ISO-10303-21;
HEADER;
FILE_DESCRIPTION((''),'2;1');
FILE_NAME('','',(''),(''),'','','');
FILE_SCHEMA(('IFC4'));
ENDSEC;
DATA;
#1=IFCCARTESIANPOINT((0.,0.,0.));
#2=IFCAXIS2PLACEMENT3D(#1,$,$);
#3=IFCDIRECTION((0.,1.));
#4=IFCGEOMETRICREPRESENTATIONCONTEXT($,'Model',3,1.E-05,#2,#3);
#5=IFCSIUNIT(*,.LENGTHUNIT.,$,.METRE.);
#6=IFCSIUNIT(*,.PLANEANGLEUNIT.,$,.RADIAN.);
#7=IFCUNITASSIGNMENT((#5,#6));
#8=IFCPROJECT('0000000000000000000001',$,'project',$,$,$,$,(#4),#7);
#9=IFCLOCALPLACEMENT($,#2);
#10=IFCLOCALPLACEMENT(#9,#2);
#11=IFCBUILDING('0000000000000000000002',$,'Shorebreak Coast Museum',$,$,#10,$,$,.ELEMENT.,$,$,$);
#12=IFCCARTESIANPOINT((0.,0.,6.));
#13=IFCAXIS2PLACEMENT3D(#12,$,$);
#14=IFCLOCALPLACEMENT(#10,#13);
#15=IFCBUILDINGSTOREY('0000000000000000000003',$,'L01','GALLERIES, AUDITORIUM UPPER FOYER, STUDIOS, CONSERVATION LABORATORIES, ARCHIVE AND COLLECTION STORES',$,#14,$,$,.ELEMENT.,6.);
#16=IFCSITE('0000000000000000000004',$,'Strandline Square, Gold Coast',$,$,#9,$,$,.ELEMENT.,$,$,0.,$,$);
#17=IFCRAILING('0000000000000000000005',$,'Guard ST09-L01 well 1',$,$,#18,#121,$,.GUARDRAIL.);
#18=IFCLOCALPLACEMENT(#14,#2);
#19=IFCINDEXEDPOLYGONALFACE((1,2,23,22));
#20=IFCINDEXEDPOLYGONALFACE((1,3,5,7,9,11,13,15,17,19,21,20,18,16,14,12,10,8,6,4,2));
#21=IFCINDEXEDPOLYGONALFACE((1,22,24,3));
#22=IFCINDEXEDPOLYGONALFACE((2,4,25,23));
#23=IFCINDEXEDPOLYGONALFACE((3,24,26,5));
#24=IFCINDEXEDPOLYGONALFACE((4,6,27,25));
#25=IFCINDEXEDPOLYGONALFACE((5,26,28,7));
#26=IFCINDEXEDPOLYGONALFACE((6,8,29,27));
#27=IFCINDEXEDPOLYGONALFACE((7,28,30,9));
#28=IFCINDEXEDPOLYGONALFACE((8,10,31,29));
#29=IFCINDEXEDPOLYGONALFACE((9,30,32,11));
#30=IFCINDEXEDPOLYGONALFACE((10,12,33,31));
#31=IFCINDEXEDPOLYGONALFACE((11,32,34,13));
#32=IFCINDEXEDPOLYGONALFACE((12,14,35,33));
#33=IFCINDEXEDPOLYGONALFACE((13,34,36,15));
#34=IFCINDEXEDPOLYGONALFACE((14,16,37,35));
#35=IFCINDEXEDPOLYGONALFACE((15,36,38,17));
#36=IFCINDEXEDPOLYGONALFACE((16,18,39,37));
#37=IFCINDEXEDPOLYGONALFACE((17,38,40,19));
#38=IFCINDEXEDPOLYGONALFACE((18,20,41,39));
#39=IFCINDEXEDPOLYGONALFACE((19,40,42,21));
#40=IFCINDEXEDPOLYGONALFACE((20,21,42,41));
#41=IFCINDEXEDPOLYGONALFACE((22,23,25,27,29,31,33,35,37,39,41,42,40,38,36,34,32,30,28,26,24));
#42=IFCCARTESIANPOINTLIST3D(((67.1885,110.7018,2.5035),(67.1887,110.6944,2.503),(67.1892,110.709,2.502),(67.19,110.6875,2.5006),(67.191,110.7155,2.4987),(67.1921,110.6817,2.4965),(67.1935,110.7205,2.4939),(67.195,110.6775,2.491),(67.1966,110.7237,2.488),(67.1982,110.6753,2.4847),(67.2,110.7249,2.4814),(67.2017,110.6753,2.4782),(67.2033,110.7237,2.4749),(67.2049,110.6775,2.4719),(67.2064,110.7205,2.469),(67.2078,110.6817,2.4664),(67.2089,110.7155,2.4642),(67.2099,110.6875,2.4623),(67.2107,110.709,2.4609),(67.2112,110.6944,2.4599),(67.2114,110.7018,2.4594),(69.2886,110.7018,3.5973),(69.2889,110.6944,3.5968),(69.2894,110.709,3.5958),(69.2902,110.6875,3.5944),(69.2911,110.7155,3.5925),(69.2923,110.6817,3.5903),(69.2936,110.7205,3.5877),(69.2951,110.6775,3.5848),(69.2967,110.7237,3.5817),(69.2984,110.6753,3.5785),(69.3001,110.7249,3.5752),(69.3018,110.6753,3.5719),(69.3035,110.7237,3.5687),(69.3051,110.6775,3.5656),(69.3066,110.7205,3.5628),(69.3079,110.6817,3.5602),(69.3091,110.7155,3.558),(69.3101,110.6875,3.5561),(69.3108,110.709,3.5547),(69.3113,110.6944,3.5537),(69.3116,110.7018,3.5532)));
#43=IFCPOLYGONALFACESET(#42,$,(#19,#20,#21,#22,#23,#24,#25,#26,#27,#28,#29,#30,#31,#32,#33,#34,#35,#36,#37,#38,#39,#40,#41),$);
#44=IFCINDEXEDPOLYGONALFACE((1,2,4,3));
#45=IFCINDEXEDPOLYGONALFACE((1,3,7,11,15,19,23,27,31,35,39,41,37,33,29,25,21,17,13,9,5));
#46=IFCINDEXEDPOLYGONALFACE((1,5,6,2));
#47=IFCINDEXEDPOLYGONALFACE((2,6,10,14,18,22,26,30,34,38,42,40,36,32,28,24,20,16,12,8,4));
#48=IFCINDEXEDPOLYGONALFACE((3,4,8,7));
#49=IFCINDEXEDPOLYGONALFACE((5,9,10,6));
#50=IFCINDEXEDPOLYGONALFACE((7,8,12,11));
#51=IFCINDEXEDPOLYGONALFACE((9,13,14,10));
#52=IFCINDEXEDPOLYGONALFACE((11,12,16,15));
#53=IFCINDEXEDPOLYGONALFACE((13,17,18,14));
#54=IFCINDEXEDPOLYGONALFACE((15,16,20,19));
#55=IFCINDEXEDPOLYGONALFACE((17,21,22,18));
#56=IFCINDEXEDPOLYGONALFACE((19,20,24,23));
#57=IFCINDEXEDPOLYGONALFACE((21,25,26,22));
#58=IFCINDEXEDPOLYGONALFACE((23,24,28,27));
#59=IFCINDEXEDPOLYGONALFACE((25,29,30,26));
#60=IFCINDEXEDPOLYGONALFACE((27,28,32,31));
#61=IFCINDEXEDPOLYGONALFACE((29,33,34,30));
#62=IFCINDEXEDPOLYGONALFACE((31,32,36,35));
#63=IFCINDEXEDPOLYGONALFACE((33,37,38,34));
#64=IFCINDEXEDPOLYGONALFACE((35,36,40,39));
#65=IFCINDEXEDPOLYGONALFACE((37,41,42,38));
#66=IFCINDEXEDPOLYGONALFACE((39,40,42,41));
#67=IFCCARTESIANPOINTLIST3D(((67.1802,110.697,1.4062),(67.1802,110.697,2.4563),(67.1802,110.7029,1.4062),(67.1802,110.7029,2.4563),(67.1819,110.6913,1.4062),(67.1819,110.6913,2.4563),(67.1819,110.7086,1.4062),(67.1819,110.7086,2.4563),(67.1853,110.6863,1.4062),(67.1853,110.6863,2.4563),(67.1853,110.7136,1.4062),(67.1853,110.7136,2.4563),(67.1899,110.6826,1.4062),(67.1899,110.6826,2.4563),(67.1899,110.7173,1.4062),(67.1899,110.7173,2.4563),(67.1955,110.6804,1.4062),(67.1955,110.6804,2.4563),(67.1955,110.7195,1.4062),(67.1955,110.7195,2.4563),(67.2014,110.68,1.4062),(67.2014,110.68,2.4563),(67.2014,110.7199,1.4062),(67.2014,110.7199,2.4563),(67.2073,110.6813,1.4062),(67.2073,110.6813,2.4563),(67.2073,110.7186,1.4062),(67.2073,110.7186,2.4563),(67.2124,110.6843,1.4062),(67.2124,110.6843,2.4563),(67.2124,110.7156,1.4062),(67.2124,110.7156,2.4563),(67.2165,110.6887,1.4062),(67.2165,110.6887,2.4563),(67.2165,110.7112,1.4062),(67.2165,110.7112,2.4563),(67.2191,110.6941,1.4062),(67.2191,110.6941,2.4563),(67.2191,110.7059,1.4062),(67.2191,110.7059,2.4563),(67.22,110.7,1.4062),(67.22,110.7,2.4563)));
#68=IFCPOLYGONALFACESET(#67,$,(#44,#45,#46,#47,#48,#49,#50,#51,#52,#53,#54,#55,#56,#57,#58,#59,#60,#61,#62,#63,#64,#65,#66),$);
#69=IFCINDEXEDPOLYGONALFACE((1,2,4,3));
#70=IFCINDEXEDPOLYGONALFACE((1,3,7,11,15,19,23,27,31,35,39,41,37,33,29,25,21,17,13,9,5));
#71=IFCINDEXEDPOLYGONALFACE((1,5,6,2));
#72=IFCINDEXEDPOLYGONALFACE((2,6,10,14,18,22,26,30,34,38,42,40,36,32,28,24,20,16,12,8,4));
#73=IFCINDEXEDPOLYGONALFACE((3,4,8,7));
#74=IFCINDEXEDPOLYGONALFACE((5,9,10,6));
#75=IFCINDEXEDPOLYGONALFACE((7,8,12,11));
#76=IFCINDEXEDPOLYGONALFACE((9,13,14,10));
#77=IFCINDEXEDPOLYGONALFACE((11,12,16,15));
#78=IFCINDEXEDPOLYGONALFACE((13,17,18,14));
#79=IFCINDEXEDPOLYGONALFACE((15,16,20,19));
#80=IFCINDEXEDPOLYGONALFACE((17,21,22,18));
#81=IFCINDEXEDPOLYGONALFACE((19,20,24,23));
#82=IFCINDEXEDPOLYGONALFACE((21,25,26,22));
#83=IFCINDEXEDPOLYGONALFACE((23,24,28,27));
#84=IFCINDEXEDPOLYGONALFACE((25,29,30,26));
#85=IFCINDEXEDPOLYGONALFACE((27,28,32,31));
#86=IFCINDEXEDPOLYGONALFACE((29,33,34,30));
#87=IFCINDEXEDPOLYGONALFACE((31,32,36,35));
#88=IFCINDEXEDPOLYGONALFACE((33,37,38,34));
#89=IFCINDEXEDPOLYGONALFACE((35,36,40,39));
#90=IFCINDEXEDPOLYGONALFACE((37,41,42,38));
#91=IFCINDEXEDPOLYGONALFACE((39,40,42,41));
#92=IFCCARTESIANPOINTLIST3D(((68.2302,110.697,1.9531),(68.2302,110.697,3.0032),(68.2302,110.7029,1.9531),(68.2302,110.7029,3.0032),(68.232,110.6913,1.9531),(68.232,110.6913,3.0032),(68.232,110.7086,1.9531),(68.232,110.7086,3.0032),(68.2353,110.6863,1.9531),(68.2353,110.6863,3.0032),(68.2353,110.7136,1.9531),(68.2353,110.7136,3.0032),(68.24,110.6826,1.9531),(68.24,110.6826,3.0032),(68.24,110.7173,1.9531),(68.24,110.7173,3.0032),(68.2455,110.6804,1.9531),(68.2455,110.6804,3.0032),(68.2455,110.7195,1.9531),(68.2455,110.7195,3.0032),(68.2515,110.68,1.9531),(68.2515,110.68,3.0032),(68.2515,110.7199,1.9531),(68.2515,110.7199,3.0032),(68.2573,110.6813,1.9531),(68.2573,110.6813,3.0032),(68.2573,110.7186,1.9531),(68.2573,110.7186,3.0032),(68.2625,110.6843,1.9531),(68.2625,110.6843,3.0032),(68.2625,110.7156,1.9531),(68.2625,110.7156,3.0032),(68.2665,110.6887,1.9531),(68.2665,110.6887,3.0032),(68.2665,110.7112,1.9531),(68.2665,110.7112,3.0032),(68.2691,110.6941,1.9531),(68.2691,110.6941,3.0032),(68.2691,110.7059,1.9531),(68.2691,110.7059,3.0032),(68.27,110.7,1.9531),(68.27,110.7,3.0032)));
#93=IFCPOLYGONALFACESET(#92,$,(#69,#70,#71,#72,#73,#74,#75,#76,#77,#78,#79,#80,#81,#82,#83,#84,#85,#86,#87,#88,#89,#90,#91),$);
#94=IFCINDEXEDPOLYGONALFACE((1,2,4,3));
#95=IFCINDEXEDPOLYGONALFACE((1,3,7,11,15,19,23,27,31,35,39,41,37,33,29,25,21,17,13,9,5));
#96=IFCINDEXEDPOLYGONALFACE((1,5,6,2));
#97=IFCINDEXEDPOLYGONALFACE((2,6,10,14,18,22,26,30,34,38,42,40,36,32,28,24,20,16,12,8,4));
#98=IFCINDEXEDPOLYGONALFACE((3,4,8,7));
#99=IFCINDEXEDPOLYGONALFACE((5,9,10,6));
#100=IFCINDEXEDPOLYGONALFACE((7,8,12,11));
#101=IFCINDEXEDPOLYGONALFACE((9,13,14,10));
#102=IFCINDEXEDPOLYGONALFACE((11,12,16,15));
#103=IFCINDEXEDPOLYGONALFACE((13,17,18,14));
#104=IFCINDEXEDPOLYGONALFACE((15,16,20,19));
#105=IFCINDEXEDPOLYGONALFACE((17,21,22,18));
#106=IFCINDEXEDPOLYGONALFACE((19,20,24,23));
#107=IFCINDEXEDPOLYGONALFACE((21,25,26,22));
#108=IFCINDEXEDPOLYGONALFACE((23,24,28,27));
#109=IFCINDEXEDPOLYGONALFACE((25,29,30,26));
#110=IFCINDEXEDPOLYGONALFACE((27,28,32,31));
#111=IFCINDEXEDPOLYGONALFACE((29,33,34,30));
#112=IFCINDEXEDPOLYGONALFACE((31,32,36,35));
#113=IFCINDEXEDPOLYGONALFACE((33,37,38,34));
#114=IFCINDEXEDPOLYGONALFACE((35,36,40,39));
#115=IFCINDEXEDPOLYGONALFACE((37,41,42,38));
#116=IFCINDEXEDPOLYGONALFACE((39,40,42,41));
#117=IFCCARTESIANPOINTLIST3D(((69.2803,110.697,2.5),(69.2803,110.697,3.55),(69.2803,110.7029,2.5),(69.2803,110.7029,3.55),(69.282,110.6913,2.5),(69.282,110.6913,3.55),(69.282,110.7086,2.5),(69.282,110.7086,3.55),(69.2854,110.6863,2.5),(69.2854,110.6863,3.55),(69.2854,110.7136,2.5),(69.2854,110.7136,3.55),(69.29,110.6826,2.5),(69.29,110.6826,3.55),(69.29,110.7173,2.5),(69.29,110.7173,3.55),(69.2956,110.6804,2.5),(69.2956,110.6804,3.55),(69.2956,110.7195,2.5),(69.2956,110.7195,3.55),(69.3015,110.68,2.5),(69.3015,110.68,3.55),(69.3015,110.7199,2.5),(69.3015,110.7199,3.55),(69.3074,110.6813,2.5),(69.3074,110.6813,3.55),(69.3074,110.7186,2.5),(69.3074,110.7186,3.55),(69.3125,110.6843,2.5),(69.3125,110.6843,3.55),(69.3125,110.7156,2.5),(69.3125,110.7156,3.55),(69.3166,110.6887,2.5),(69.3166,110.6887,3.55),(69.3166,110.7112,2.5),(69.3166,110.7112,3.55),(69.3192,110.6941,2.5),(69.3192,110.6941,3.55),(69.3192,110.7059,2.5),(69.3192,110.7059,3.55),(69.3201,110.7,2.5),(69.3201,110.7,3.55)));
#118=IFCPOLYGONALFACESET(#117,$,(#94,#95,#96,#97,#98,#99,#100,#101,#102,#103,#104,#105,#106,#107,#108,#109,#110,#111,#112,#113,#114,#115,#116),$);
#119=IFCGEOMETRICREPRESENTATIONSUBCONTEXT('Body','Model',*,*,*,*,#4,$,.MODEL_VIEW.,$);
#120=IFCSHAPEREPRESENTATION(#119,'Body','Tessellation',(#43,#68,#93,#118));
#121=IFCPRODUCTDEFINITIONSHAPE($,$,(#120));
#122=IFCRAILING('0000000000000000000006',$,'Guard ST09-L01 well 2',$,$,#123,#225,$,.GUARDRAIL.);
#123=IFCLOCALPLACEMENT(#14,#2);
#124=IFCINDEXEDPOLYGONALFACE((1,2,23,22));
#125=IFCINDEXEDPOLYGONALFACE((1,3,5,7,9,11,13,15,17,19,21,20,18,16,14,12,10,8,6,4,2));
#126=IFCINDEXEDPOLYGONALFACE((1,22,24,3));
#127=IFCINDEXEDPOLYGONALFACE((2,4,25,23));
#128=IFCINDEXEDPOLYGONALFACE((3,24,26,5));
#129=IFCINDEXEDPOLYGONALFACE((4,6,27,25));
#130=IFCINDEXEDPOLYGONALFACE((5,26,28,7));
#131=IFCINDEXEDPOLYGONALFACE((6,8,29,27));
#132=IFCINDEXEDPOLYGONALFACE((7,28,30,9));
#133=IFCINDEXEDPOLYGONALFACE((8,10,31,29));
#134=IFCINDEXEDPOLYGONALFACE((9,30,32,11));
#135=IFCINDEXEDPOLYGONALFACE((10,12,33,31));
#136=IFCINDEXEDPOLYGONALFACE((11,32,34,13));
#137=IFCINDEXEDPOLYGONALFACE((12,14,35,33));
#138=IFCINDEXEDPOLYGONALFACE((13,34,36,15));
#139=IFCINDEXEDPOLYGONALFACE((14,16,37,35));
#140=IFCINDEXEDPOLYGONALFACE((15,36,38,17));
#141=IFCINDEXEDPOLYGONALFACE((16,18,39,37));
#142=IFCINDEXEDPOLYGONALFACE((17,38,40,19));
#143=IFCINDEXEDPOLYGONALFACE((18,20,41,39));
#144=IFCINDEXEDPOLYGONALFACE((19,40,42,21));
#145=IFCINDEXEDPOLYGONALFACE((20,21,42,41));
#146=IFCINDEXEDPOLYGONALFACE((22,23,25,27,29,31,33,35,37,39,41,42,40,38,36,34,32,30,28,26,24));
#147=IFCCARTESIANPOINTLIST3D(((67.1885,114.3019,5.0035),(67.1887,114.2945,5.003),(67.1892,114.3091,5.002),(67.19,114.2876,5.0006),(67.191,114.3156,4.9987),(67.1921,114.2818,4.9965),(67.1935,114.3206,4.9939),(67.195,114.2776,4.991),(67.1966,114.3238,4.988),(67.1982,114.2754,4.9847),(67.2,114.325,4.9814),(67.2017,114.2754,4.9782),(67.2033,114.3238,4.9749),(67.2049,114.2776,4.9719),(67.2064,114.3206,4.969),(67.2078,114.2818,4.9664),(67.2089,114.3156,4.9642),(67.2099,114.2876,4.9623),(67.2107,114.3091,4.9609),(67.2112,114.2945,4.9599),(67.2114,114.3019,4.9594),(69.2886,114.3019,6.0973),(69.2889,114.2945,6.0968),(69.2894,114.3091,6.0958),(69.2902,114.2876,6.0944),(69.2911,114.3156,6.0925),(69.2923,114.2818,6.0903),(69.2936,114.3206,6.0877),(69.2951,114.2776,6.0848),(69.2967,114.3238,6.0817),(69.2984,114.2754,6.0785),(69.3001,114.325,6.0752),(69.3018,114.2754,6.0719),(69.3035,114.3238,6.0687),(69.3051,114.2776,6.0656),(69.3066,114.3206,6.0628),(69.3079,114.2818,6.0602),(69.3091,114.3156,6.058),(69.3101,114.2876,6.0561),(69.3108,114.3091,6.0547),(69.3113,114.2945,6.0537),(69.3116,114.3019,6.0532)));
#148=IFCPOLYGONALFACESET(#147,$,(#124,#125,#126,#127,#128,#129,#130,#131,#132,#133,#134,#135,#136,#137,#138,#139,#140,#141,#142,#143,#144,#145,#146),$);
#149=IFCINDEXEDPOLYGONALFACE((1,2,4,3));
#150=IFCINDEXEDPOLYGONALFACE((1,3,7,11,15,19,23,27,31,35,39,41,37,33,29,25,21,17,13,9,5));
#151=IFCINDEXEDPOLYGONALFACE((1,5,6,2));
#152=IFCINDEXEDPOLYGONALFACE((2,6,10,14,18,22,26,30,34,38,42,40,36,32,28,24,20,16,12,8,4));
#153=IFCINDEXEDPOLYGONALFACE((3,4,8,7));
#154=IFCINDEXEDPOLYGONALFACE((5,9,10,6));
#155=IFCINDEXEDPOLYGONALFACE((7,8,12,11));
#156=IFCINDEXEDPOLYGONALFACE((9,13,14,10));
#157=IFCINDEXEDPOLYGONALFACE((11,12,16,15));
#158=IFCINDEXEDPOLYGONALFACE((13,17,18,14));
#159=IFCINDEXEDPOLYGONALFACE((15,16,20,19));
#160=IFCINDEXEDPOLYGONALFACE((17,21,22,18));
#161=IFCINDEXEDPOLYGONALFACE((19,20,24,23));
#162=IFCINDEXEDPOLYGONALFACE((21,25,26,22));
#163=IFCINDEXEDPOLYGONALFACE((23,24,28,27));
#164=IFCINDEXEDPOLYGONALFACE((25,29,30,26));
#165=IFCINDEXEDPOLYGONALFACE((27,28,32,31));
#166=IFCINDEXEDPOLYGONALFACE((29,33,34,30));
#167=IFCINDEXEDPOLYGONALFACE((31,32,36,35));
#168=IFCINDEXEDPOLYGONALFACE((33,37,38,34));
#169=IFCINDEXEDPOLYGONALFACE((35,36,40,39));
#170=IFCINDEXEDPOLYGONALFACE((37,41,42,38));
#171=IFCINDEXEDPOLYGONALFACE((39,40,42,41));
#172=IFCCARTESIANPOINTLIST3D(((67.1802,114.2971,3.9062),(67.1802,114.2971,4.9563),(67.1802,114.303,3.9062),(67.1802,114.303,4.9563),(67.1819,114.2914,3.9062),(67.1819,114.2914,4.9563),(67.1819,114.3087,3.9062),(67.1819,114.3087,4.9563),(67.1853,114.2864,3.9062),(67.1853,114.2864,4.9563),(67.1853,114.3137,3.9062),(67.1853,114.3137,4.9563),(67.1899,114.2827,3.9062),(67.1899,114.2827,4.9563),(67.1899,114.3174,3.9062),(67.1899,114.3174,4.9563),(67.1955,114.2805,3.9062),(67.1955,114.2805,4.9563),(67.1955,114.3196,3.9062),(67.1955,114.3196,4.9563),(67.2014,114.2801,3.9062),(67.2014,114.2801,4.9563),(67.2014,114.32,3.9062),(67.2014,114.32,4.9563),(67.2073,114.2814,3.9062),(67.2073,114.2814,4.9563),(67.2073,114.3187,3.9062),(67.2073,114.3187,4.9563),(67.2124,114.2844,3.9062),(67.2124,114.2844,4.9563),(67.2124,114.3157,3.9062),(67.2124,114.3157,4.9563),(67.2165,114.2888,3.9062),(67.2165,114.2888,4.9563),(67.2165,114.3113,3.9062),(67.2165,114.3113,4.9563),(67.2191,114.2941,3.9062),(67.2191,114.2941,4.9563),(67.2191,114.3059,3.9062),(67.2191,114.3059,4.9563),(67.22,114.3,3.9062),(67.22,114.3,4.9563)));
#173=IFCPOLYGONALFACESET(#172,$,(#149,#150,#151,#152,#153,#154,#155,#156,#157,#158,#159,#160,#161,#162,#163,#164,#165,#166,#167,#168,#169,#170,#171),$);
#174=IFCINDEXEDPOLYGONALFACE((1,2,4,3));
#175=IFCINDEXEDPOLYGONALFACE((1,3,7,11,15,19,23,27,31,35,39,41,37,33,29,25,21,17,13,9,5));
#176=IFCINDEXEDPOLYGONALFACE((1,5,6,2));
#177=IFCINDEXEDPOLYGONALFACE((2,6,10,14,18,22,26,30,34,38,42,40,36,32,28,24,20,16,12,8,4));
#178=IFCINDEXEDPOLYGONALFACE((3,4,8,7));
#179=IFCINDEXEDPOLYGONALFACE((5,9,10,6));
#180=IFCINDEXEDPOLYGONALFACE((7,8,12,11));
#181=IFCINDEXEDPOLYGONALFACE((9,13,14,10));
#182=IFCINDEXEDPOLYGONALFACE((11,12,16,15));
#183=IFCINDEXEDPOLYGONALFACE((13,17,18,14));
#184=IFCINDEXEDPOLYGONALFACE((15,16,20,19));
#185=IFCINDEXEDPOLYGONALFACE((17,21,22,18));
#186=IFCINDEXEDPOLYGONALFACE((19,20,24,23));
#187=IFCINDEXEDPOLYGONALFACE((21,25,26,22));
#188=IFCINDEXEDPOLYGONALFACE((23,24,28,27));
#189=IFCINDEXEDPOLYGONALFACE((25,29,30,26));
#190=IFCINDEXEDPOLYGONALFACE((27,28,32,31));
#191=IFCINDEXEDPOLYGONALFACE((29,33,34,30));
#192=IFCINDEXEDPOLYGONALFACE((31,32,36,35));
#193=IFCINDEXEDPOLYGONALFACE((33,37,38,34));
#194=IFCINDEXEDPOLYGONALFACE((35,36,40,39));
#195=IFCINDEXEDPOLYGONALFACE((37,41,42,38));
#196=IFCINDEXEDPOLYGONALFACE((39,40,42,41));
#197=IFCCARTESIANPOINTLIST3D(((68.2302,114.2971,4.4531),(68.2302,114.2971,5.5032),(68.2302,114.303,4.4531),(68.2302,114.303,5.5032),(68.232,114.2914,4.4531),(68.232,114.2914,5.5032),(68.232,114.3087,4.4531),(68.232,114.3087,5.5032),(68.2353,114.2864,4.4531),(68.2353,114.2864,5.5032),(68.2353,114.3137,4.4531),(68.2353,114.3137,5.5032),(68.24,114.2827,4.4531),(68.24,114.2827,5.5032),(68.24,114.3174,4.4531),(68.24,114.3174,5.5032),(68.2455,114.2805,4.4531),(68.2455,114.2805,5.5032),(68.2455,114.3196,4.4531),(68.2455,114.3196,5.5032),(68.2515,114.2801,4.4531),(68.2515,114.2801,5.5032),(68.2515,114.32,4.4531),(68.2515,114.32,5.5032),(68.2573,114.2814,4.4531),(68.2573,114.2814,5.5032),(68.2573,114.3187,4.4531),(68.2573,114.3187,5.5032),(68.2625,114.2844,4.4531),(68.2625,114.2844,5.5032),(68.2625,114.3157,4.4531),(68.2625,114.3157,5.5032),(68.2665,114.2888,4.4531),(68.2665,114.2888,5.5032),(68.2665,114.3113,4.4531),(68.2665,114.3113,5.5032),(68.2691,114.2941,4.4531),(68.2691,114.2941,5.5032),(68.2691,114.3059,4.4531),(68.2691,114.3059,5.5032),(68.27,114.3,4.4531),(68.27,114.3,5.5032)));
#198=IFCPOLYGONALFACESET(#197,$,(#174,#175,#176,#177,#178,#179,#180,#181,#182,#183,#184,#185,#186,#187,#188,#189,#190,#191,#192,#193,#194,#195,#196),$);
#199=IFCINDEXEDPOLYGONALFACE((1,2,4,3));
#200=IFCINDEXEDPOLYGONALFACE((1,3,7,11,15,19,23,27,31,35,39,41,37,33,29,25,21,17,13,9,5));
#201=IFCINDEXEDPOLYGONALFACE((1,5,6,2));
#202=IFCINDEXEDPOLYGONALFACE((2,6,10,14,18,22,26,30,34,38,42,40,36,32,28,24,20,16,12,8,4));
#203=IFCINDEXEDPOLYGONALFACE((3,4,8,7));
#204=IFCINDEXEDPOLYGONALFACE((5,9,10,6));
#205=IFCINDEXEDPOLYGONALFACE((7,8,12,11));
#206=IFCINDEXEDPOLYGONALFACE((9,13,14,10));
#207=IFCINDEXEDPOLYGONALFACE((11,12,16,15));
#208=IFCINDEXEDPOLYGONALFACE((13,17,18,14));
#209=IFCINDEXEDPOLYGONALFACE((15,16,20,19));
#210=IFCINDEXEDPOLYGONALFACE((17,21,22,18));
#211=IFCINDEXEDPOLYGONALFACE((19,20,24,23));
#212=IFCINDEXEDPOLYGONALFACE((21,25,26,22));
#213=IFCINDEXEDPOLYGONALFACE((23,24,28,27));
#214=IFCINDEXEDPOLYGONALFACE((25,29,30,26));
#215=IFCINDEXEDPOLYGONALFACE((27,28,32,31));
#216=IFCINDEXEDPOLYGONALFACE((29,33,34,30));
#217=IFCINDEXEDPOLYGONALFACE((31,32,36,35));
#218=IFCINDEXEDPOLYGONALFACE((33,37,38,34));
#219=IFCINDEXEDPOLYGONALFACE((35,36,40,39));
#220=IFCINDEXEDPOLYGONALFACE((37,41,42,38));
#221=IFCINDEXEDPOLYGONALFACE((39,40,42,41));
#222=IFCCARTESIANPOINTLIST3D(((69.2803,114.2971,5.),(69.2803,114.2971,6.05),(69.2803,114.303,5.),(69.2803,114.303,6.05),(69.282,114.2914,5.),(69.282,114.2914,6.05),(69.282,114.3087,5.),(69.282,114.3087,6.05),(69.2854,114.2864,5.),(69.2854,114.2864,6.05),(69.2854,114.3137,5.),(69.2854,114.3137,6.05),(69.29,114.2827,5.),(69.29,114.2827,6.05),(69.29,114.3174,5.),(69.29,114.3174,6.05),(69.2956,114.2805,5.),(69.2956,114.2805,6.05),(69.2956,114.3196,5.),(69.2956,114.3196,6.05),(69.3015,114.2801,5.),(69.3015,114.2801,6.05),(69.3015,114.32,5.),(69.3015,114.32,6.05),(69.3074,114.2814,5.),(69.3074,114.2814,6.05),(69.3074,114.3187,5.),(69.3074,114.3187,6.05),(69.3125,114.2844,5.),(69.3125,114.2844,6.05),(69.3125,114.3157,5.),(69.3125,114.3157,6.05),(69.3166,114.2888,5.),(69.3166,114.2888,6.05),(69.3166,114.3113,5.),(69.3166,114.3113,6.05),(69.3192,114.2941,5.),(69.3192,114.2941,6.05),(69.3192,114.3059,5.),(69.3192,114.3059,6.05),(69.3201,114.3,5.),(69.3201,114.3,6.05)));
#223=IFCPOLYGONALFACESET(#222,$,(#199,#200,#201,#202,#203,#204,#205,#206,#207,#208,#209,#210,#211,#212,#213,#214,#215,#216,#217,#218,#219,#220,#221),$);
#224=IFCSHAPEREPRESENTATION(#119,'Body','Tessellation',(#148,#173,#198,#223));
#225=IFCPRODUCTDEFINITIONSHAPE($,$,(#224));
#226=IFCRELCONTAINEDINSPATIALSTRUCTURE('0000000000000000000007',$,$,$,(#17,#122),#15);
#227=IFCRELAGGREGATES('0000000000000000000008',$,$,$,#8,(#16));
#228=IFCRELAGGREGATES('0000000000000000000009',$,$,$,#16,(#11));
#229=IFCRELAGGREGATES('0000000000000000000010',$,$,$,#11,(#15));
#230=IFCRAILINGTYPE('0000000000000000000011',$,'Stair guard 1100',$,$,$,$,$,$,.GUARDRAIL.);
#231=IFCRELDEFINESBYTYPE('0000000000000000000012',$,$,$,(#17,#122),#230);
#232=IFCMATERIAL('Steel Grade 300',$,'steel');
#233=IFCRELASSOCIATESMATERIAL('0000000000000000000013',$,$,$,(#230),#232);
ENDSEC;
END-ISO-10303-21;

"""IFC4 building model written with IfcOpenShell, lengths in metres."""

from ifc_helpers import new_model, si_unit, direction, frame, origin, origin_2d, place, context, subcontext, project, spatial, circle, extrude, material, type_object, element, save


model = new_model("IFC4")

# Units and contexts
model_context = context("Model", 3, precision=1e-05, world=origin(), true_north=direction((0.0, 1.0)))
body_context = subcontext(model_context, "Body", "Model", "MODEL_VIEW")
ifc_project = project(units=[si_unit("LENGTHUNIT", "METRE"), si_unit("PLANEANGLEUNIT", "RADIAN")], contexts=[model_context])

# Site, building, storey
site_placement = place(None, origin())
site = spatial("IfcSite", under=ifc_project, at=site_placement, Name="Strandline Square, Gold Coast", CompositionType="ELEMENT", RefElevation=0.0)
building_placement = place(site_placement, origin())
building = spatial("IfcBuilding", under=site, at=building_placement, Name="Shorebreak Coast Museum", CompositionType="ELEMENT")
storey_placement = place(building_placement, frame((0.0, 0.0, 6.0)))
storey = spatial("IfcBuildingStorey", under=building, at=storey_placement, Name="L01", Description="GALLERIES, AUDITORIUM UPPER FOYER, STUDIOS, CONSERVATION LABORATORIES, ARCHIVE AND COLLECTION STORES", CompositionType="ELEMENT", Elevation=6.0)

# Railings
ifc_material_1 = material(Name="Steel Grade 300", Category="steel")
railing_type_1 = type_object("IfcRailingType", Name="Stair guard 1100", PredefinedType="GUARDRAIL", material=ifc_material_1)
for number, where, name in (
    (1, (67.2, 110.7, 1.4062), "Guard ST09-L01 well 1"),
    (2, (67.2, 114.3, 3.9062), "Guard ST09-L01 well 2"),
):
    element("IfcRailing", number, at=place(storey_placement, frame(where)), inside=storey, type_object=railing_type_1, Name=name, PredefinedType="GUARDRAIL", context=body_context, shape_type="SweptSolid", body=[
        extrude(circle(Radius=0.0249, at=origin_2d()), frame((0.0, 0.0, 1.0752), z_axis=(0.886923, 0.0, 0.461918), x_axis=(0.0, 1.0, 0.0)), (0.0, 0.0, 1.0), 2.3679),
        extrude(circle(Radius=0.02, at=origin_2d()), origin(), (0.0, 0.0, 1.0), 1.05),
        extrude(circle(Radius=0.02, at=origin_2d()), frame((1.05, 0.0, 0.5469)), (0.0, 0.0, 1.0), 1.05),
        extrude(circle(Radius=0.02, at=origin_2d()), frame((2.1001, 0.0, 1.0938)), (0.0, 0.0, 1.0), 1.05),
    ])

save(model, "model.ifc")
